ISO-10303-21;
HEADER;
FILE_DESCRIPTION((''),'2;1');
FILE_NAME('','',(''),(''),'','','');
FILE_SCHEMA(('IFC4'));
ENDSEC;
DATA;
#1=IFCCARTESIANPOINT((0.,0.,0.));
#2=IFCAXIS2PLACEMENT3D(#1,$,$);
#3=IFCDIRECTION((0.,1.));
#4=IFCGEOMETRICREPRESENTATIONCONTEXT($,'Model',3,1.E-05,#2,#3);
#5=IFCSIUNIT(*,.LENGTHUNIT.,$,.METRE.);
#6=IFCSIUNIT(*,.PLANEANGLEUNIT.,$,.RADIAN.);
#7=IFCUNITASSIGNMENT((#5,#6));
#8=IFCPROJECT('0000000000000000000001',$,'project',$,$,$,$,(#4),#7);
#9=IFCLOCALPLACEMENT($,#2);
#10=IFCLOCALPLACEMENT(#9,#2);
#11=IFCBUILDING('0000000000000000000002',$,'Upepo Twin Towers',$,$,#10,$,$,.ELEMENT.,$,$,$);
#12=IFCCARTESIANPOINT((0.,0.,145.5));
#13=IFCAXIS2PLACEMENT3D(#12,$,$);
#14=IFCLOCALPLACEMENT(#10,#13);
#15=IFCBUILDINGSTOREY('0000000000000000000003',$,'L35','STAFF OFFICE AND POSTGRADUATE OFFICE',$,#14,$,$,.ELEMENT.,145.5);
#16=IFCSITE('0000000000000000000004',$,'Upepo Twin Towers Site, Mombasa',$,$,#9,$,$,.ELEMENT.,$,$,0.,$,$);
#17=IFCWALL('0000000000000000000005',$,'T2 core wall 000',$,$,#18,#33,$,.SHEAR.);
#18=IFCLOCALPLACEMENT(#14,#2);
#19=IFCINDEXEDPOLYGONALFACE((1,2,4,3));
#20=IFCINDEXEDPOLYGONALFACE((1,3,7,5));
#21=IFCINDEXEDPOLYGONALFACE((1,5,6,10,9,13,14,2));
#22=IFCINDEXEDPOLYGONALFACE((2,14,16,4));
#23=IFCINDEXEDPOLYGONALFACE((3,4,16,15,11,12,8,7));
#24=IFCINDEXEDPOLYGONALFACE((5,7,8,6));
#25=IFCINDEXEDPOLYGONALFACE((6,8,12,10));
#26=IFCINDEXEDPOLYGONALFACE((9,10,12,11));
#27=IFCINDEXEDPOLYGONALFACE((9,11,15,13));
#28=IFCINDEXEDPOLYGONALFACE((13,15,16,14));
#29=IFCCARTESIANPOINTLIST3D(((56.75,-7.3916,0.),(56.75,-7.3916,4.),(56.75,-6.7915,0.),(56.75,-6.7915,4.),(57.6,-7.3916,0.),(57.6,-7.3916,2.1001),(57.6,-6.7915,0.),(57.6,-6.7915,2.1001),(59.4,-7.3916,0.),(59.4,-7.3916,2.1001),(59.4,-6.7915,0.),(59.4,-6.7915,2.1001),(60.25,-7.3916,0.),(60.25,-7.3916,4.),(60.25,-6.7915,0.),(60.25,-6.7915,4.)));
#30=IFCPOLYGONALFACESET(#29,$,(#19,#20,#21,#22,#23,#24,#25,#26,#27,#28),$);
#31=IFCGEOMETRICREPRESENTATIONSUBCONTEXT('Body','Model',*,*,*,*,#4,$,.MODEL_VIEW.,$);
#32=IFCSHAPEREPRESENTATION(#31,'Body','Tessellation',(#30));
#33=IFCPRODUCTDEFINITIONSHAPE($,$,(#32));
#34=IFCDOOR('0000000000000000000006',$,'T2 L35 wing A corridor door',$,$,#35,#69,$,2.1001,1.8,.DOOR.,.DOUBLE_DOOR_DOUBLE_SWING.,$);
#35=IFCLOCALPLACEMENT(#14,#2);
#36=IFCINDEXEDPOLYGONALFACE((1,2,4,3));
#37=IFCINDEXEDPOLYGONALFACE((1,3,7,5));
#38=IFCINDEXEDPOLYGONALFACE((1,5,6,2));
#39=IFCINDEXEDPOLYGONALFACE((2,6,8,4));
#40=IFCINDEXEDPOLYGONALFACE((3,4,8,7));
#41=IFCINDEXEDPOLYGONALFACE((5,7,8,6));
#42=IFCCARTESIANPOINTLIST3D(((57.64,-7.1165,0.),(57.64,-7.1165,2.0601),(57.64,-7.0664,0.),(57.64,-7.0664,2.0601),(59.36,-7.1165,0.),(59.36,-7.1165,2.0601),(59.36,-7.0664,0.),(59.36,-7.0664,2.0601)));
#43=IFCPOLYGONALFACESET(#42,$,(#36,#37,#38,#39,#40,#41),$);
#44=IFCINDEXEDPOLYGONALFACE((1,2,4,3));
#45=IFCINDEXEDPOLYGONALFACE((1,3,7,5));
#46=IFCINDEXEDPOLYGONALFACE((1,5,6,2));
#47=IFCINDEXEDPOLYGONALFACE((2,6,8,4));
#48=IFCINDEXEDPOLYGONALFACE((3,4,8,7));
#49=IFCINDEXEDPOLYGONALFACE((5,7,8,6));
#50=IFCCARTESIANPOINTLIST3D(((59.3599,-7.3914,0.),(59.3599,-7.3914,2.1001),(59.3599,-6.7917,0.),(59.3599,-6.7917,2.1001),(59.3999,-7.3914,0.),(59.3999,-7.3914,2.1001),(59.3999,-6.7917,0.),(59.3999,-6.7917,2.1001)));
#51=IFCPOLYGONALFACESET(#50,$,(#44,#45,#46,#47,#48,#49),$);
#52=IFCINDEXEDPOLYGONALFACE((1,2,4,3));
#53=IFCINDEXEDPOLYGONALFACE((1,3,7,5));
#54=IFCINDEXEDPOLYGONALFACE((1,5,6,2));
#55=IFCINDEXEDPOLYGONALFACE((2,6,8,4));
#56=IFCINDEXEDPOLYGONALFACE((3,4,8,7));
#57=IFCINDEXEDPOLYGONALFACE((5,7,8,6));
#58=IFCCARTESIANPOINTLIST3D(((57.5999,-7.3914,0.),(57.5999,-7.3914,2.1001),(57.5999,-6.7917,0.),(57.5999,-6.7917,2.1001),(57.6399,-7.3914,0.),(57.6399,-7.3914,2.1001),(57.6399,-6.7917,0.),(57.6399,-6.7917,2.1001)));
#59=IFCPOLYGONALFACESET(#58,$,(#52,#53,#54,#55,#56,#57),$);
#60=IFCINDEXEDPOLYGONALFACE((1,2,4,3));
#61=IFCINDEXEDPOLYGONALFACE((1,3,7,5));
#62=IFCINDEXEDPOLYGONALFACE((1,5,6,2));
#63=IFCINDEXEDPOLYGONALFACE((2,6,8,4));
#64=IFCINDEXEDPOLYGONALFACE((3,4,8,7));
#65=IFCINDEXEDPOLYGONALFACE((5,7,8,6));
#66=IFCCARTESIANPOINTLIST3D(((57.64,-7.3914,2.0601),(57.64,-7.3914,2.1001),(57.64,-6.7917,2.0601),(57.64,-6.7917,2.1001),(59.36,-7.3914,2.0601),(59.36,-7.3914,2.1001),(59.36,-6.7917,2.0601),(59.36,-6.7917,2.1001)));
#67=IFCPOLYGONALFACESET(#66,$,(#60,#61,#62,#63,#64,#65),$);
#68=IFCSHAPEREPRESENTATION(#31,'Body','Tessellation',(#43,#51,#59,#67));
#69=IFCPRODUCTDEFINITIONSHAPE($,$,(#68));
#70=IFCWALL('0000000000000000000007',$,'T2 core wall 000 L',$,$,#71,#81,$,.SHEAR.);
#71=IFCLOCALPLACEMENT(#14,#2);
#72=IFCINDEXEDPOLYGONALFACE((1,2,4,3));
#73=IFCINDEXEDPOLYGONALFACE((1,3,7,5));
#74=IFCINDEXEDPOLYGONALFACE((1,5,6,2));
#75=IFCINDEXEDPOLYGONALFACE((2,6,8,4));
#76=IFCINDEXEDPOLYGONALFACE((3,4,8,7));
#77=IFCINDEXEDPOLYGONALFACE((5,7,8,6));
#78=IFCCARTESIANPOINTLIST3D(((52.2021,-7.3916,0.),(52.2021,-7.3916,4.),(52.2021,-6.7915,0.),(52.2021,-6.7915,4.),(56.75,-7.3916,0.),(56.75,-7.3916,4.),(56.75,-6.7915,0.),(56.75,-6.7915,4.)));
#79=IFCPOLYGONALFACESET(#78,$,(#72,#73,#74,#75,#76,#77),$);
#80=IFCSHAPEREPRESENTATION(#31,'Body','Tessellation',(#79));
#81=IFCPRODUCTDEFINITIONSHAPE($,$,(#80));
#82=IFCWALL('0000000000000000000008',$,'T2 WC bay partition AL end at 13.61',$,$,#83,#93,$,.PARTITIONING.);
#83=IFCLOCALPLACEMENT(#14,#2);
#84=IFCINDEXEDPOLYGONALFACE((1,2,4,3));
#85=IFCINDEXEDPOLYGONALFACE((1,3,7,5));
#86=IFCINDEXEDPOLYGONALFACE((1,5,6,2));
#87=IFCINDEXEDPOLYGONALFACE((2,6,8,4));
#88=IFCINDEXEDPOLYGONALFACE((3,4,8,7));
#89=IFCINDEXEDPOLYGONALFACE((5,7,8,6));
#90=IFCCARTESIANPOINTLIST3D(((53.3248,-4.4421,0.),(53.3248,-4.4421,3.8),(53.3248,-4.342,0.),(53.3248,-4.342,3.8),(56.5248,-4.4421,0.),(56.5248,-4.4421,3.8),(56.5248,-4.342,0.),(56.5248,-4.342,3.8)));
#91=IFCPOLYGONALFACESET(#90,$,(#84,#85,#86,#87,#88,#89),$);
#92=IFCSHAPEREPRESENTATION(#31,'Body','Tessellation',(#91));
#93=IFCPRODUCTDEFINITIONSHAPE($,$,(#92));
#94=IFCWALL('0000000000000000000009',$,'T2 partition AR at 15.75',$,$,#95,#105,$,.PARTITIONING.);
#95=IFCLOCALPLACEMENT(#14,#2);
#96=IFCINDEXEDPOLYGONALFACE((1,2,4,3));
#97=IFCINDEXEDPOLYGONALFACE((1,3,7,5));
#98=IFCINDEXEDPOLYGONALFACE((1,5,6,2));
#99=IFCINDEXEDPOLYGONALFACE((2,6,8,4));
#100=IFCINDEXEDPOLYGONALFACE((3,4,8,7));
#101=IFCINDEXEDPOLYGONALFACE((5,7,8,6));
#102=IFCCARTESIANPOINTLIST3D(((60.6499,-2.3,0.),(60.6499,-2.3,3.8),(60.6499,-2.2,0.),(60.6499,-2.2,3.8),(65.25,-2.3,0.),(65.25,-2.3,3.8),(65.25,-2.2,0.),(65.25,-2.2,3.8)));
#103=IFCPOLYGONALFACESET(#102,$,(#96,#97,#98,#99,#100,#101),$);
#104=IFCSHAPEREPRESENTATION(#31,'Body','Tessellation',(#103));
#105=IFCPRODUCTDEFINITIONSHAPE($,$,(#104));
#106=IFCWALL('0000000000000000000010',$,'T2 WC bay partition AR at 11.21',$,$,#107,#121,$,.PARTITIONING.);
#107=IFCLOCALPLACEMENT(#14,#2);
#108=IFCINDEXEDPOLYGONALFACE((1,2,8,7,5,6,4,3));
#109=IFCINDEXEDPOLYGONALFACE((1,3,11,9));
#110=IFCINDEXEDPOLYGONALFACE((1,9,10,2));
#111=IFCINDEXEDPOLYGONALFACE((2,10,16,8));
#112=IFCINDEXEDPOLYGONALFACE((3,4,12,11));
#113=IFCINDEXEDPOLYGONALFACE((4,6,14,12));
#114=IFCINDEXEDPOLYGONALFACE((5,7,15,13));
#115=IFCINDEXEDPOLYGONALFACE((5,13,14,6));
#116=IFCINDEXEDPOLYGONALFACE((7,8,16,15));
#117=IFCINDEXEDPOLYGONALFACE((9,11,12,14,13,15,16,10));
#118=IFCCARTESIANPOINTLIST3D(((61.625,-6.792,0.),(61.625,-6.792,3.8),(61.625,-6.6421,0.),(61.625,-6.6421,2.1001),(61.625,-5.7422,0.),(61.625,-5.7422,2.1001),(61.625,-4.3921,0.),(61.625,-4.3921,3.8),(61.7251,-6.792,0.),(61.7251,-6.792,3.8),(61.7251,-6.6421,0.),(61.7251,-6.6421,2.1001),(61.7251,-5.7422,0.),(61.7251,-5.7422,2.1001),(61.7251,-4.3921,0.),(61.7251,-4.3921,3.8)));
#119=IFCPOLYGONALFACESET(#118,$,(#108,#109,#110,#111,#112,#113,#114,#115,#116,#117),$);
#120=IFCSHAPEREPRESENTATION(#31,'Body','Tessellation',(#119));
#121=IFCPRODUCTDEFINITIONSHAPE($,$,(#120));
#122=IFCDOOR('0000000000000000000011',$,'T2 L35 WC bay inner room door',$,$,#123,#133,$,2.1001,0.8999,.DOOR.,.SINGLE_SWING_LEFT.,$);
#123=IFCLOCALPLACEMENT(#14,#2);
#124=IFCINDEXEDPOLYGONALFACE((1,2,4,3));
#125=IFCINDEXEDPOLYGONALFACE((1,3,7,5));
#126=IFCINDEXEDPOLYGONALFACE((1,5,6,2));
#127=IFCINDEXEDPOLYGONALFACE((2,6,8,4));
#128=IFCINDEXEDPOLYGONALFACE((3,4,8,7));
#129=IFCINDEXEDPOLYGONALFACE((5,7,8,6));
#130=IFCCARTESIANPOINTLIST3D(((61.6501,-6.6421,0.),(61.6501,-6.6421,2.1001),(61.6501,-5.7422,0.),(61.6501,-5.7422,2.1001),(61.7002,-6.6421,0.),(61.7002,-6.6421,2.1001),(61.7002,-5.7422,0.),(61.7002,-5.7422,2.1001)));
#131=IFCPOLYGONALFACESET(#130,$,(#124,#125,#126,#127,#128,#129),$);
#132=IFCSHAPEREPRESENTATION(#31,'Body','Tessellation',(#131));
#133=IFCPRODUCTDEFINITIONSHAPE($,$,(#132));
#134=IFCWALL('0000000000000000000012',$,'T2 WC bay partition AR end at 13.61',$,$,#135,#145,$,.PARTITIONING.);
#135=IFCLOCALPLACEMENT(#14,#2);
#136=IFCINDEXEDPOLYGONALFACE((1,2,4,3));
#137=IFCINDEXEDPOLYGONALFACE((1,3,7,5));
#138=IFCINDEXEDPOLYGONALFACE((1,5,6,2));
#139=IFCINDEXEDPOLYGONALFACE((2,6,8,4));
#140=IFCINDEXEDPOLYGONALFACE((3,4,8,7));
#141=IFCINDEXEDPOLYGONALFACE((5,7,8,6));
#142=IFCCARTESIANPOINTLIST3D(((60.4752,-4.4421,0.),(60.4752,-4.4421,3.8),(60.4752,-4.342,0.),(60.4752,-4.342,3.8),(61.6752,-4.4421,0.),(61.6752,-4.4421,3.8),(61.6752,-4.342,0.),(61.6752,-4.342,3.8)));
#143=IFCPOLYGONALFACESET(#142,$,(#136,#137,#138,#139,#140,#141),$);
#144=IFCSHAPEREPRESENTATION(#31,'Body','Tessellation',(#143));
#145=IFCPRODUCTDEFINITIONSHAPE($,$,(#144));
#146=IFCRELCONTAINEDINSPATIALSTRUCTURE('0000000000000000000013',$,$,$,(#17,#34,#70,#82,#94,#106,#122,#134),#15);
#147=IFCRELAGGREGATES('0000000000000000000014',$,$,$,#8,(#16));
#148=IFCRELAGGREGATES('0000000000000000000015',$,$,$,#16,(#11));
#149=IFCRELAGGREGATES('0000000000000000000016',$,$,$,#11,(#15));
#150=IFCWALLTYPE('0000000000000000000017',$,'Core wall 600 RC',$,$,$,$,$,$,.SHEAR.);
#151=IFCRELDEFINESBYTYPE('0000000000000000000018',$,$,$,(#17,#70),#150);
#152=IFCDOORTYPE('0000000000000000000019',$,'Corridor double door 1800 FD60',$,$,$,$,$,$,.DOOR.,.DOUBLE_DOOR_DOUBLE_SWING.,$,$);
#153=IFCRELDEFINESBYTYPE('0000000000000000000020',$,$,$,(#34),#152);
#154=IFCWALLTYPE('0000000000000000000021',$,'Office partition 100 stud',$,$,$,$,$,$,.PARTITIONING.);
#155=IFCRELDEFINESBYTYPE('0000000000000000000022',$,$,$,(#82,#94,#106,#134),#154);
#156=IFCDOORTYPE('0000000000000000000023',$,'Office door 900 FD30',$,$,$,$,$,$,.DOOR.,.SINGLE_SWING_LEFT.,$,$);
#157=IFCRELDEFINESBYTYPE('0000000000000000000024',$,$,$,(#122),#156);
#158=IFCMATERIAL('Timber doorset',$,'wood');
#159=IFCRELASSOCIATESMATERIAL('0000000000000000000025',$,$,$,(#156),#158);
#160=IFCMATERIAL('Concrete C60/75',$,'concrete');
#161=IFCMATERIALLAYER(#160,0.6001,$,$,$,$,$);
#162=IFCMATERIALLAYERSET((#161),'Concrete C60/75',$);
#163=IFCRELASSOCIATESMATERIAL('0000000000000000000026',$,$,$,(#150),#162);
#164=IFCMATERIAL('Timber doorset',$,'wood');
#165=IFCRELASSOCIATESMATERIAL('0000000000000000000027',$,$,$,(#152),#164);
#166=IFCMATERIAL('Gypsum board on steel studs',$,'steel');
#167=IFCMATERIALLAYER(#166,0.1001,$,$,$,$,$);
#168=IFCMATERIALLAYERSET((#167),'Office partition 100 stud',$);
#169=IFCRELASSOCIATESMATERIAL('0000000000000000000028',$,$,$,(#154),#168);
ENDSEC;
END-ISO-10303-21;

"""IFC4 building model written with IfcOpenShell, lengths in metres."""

from ifc_helpers import new_model, si_unit, direction, frame, frame_2d, origin, place, context, subcontext, project, spatial, rectangle, extrude, material, layer, layer_set, type_object, element, fill, save


model = new_model("IFC4")

# Units and contexts
model_context = context("Model", 3, precision=1e-05, world=origin(), true_north=direction((0.0, 1.0)))
body_context = subcontext(model_context, "Body", "Model", "MODEL_VIEW")
ifc_project = project(units=[si_unit("LENGTHUNIT", "METRE"), si_unit("PLANEANGLEUNIT", "RADIAN")], contexts=[model_context])

# Site, building, storey
site_placement = place(None, origin())
site = spatial("IfcSite", under=ifc_project, at=site_placement, Name="Upepo Twin Towers Site, Mombasa", CompositionType="ELEMENT", RefElevation=0.0)
building_placement = place(site_placement, origin())
building = spatial("IfcBuilding", under=site, at=building_placement, Name="Upepo Twin Towers", CompositionType="ELEMENT")
storey_placement = place(building_placement, frame((0.0, 0.0, 145.5)))
storey = spatial("IfcBuildingStorey", under=building, at=storey_placement, Name="L35", Description="STAFF OFFICE AND POSTGRADUATE OFFICE", CompositionType="ELEMENT", Elevation=145.5)

# Shared definitions
ifc_material_1 = material(Name="Timber doorset", Category="wood")
door_type_1 = type_object("IfcDoorType", Name="Office door 900 FD30", OperationType="SINGLE_SWING_LEFT", PredefinedType="DOOR", material=ifc_material_1)

# Shared definitions
ifc_material_2 = material(Name="Concrete C60/75", Category="concrete")
ifc_layer_1 = layer(ifc_material_2, 0.6001)
ifc_layer_set_1 = layer_set([ifc_layer_1], Name="Concrete C60/75")
wall_type_1 = type_object("IfcWallType", Name="Core wall 600 RC", PredefinedType="SHEAR", material=ifc_layer_set_1)

# Wall, opening, door
wall_1_placement = place(storey_placement, frame((60.25, -7.0916, 0.0), z_axis=(0.0, 0.0, 1.0), x_axis=(-1.0, 0.0, 0.0)))
wall_1 = element("IfcWall", 1, at=wall_1_placement, inside=storey, type_object=wall_type_1, Name="T2 core wall 000", PredefinedType="SHEAR", context=body_context, shape_type="SweptSolid", body=[
    extrude(rectangle(XDim=3.5, YDim=0.6001, at=frame_2d((1.75, 0.0))), origin(), (0.0, 0.0, 1.0), 4.0),
])
opening_1_placement = place(wall_1_placement, frame((0.8501, 0.0, 0.0)))
opening_1 = element("IfcOpeningElement", 2, at=opening_1_placement, cuts=wall_1, PredefinedType="OPENING", context=body_context, shape_type="SweptSolid", body=[
    extrude(rectangle(XDim=1.8, YDim=2.1001, at=frame_2d((0.8999, 1.05))), frame((0.0, 0.3101, 0.0), z_axis=(0.0, -1.0, 0.0), x_axis=(1.0, 0.0, 0.0)), (0.0, 0.0, 1.0), 0.6201),
])
ifc_material_3 = material(Name="Timber doorset", Category="wood")
door_type_2 = type_object("IfcDoorType", Name="Corridor double door 1800 FD60", OperationType="DOUBLE_DOOR_DOUBLE_SWING", PredefinedType="DOOR", material=ifc_material_3)
door_1_placement = place(opening_1_placement, origin())
door_1 = element("IfcDoor", 3, at=door_1_placement, inside=storey, type_object=door_type_2, Name="T2 L35 wing A corridor door", OperationType="DOUBLE_DOOR_DOUBLE_SWING", OverallHeight=2.1001, OverallWidth=1.8, PredefinedType="DOOR", context=body_context, shape_type="SweptSolid", body=[
    extrude(rectangle(XDim=1.72, YDim=2.0601, at=frame_2d((0.8999, 1.03))), frame((0.0, 0.0249, 0.0), z_axis=(0.0, -1.0, 0.0), x_axis=(1.0, 0.0, 0.0)), (0.0, 0.0, 1.0), 0.05),
    extrude(rectangle(XDim=0.04, YDim=2.1001, at=frame_2d((0.02, 1.05))), frame((0.0, 0.2998, 0.0), z_axis=(0.0, -1.0, 0.0), x_axis=(1.0, 0.0, 0.0)), (0.0, 0.0, 1.0), 0.5996),
    extrude(rectangle(XDim=0.04, YDim=2.1001, at=frame_2d((1.78, 1.05))), frame((0.0, 0.2998, 0.0), z_axis=(0.0, -1.0, 0.0), x_axis=(1.0, 0.0, 0.0)), (0.0, 0.0, 1.0), 0.5996),
    extrude(rectangle(XDim=1.72, YDim=0.04, at=frame_2d((0.8999, 2.0801))), frame((0.0, 0.2998, 0.0), z_axis=(0.0, -1.0, 0.0), x_axis=(1.0, 0.0, 0.0)), (0.0, 0.0, 1.0), 0.5996),
])
fill(opening_1, door_1)

# Walls
wall_2_placement = place(storey_placement, frame((56.75, -7.0916, 0.0), z_axis=(0.0, 0.0, 1.0), x_axis=(-1.0, 0.0, 0.0)))
element("IfcWall", 4, at=wall_2_placement, inside=storey, type_object=wall_type_1, Name="T2 core wall 000 L", PredefinedType="SHEAR", context=body_context, shape_type="SweptSolid", body=[
    extrude(rectangle(XDim=4.5479, YDim=0.6001, at=frame_2d((2.2739, 0.0))), origin(), (0.0, 0.0, 1.0), 4.0),
])
ifc_material_4 = material(Name="Gypsum board on steel studs", Category="steel")
ifc_layer_2 = layer(ifc_material_4, 0.1001)
ifc_layer_set_2 = layer_set([ifc_layer_2], Name="Office partition 100 stud")
wall_type_2 = type_object("IfcWallType", Name="Office partition 100 stud", PredefinedType="PARTITIONING", material=ifc_layer_set_2)
wall_3_placement = place(storey_placement, frame((56.5249, -4.3921, 0.0), z_axis=(0.0, 0.0, 1.0), x_axis=(-1.0, 0.0, 0.0)))
element("IfcWall", 5, at=wall_3_placement, inside=storey, type_object=wall_type_2, Name="T2 WC bay partition AL end at 13.61", PredefinedType="PARTITIONING", context=body_context, shape_type="SweptSolid", body=[
    extrude(rectangle(XDim=3.2, YDim=0.1001, at=frame_2d((1.6001, 0.0))), origin(), (0.0, 0.0, 1.0), 3.8),
])
wall_4_placement = place(storey_placement, frame((60.6499, -2.25, 0.0), z_axis=(0.0, 0.0, 1.0), x_axis=(1.0, 0.0, 0.0)))
element("IfcWall", 6, at=wall_4_placement, inside=storey, type_object=wall_type_2, Name="T2 partition AR at 15.75", PredefinedType="PARTITIONING", context=body_context, shape_type="SweptSolid", body=[
    extrude(rectangle(XDim=4.6001, YDim=0.1001, at=frame_2d((2.3, 0.0))), origin(), (0.0, 0.0, 1.0), 3.8),
])

# Wall, opening, door
wall_5_placement = place(storey_placement, frame((61.675, -6.792, 0.0), z_axis=(0.0, 0.0, 1.0), x_axis=(0.0, 1.0, 0.0)))
wall_5 = element("IfcWall", 7, at=wall_5_placement, inside=storey, type_object=wall_type_2, Name="T2 WC bay partition AR at 11.21", PredefinedType="PARTITIONING", context=body_context, shape_type="SweptSolid", body=[
    extrude(rectangle(XDim=2.3999, YDim=0.1001, at=frame_2d((1.2, 0.0))), origin(), (0.0, 0.0, 1.0), 3.8),
])
opening_2_placement = place(wall_5_placement, frame((0.1499, 0.0, 0.0)))
opening_2 = element("IfcOpeningElement", 8, at=opening_2_placement, cuts=wall_5, PredefinedType="OPENING", context=body_context, shape_type="SweptSolid", body=[
    extrude(rectangle(XDim=0.8999, YDim=2.1001, at=frame_2d((0.45, 1.05))), frame((0.0, 0.0601, 0.0), z_axis=(0.0, -1.0, 0.0), x_axis=(1.0, 0.0, 0.0)), (0.0, 0.0, 1.0), 0.1201),
])
door_2_placement = place(opening_2_placement, origin())
door_2 = element("IfcDoor", 9, at=door_2_placement, inside=storey, type_object=door_type_1, Name="T2 L35 WC bay inner room door", OperationType="SINGLE_SWING_LEFT", OverallHeight=2.1001, OverallWidth=0.8999, PredefinedType="DOOR", context=body_context, shape_type="SweptSolid", body=[
    extrude(rectangle(XDim=0.8999, YDim=2.1001, at=frame_2d((0.45, 1.05))), frame((0.0, 0.0249, 0.0), z_axis=(0.0, -1.0, 0.0), x_axis=(1.0, 0.0, 0.0)), (0.0, 0.0, 1.0), 0.05),
])
fill(opening_2, door_2)

# Wall
wall_6_placement = place(storey_placement, frame((60.4751, -4.3921, 0.0), z_axis=(0.0, 0.0, 1.0), x_axis=(1.0, 0.0, 0.0)))
element("IfcWall", 10, at=wall_6_placement, inside=storey, type_object=wall_type_2, Name="T2 WC bay partition AR end at 13.61", PredefinedType="PARTITIONING", context=body_context, shape_type="SweptSolid", body=[
    extrude(rectangle(XDim=1.2, YDim=0.1001, at=frame_2d((0.6001, 0.0))), origin(), (0.0, 0.0, 1.0), 3.8),
])

save(model, "model.ifc")
